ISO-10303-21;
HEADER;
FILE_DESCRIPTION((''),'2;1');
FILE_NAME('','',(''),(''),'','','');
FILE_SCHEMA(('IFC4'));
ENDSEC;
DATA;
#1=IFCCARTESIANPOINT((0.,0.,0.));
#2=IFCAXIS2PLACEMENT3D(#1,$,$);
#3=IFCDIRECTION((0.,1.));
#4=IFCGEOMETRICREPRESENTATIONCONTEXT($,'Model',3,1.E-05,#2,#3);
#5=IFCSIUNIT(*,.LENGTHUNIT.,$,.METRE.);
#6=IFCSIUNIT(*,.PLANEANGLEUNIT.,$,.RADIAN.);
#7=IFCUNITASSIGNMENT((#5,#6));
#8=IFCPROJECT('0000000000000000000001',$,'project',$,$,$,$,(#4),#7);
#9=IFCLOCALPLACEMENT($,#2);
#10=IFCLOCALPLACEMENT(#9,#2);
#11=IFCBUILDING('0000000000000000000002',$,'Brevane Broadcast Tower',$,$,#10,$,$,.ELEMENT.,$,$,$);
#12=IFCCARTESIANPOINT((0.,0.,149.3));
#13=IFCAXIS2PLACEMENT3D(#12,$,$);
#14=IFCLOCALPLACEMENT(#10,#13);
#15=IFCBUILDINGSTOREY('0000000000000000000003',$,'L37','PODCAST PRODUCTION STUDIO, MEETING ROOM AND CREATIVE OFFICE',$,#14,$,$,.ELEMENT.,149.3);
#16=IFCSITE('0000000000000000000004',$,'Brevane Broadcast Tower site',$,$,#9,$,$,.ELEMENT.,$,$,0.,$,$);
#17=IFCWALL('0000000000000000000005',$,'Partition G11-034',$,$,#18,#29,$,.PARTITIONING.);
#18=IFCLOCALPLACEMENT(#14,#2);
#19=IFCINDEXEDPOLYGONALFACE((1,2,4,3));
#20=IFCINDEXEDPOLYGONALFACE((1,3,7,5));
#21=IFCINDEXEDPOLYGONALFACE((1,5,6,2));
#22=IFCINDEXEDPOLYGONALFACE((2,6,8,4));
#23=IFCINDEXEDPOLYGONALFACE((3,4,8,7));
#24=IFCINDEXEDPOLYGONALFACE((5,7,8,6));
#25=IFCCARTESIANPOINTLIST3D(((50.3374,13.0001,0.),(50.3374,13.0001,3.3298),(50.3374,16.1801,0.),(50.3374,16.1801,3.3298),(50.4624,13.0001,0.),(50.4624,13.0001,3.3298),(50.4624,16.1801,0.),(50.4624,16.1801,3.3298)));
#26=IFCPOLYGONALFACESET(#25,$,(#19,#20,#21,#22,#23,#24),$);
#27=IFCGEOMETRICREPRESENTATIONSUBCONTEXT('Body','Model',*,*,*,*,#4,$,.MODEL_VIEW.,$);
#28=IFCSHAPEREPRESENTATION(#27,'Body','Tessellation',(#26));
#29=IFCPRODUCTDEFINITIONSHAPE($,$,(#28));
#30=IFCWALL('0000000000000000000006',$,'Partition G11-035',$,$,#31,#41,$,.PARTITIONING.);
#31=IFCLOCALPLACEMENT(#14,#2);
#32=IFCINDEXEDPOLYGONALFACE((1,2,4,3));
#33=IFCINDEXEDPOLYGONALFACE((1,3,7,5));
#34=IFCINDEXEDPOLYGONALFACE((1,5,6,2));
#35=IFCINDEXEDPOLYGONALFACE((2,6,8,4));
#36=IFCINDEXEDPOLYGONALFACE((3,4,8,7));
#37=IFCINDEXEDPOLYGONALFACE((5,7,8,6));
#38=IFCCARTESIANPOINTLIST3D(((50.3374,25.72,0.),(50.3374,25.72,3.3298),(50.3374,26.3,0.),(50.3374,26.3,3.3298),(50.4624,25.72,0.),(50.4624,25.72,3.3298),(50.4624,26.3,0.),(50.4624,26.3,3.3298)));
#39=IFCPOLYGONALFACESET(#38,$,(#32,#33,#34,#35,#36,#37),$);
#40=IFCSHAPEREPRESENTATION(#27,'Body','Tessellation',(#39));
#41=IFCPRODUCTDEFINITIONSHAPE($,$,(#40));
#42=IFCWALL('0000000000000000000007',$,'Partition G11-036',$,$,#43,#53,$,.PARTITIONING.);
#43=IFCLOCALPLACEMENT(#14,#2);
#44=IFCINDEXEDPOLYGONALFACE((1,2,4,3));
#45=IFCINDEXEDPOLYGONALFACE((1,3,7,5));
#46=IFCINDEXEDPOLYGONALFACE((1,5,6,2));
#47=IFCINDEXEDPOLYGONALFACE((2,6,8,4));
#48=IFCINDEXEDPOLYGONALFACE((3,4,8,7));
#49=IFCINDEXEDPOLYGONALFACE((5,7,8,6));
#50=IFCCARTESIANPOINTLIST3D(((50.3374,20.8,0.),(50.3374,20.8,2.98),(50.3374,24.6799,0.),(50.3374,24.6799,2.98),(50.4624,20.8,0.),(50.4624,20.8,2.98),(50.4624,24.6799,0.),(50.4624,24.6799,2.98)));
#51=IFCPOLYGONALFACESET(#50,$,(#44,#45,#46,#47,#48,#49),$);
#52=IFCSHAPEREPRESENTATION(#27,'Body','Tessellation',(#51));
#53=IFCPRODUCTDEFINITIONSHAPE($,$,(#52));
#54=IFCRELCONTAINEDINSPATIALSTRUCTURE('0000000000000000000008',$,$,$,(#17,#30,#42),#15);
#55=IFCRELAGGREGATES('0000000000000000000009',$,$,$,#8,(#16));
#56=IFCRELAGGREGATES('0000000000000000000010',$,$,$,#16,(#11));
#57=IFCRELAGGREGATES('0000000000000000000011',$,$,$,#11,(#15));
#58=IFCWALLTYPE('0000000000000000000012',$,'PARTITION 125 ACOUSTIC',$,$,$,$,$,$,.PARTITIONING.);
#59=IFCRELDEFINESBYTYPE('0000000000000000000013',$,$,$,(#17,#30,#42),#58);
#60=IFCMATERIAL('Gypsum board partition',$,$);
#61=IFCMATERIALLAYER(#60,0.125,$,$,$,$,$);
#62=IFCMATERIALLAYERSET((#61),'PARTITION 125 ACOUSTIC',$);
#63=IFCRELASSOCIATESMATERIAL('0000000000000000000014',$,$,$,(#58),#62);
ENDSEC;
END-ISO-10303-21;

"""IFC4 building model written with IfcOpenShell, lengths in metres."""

from ifc_helpers import new_model, si_unit, direction, frame, frame_2d, origin, place, context, subcontext, project, spatial, rectangle, extrude, material, layer, layer_set, type_object, element, save


model = new_model("IFC4")

# Units and contexts
model_context = context("Model", 3, precision=1e-05, world=origin(), true_north=direction((0.0, 1.0)))
body_context = subcontext(model_context, "Body", "Model", "MODEL_VIEW")
ifc_project = project(units=[si_unit("LENGTHUNIT", "METRE"), si_unit("PLANEANGLEUNIT", "RADIAN")], contexts=[model_context])

# Site, building, storey
site_placement = place(None, origin())
site = spatial("IfcSite", under=ifc_project, at=site_placement, Name="Brevane Broadcast Tower site", CompositionType="ELEMENT", RefElevation=0.0)
building_placement = place(site_placement, origin())
building = spatial("IfcBuilding", under=site, at=building_placement, Name="Brevane Broadcast Tower", CompositionType="ELEMENT")
storey_placement = place(building_placement, frame((0.0, 0.0, 149.3)))
storey = spatial("IfcBuildingStorey", under=building, at=storey_placement, Name="L37", Description="PODCAST PRODUCTION STUDIO, MEETING ROOM AND CREATIVE OFFICE", CompositionType="ELEMENT", Elevation=149.3)

# Shared definitions
ifc_material_1 = material(Name="Gypsum board partition")

# Walls
ifc_layer_1 = layer(ifc_material_1, 0.125)
ifc_layer_set_1 = layer_set([ifc_layer_1], Name="PARTITION 125 ACOUSTIC")
wall_type_1 = type_object("IfcWallType", Name="PARTITION 125 ACOUSTIC", PredefinedType="PARTITIONING", material=ifc_layer_set_1)
wall_1_placement = place(storey_placement, frame((50.3999, 16.1799, 0.0), z_axis=(0.0, 0.0, 1.0), x_axis=(0.0, -1.0, 0.0)))
element("IfcWall", 1, at=wall_1_placement, inside=storey, type_object=wall_type_1, Name="Partition G11-034", PredefinedType="PARTITIONING", context=body_context, shape_type="SweptSolid", body=[
    extrude(rectangle(XDim=3.1799, YDim=0.125, at=frame_2d((1.5898, 0.0))), origin(), (0.0, 0.0, 1.0), 3.3298),
])
wall_2_placement = place(storey_placement, frame((50.3999, 26.3, 0.0), z_axis=(0.0, 0.0, 1.0), x_axis=(0.0, -1.0, 0.0)))
element("IfcWall", 2, at=wall_2_placement, inside=storey, type_object=wall_type_1, Name="Partition G11-035", PredefinedType="PARTITIONING", context=body_context, shape_type="SweptSolid", body=[
    extrude(rectangle(XDim=0.5801, YDim=0.125, at=frame_2d((0.29, 0.0))), origin(), (0.0, 0.0, 1.0), 3.3298),
])
wall_3_placement = place(storey_placement, frame((50.3999, 24.6799, 0.0), z_axis=(0.0, 0.0, 1.0), x_axis=(0.0, -1.0, 0.0)))
element("IfcWall", 3, at=wall_3_placement, inside=storey, type_object=wall_type_1, Name="Partition G11-036", PredefinedType="PARTITIONING", context=body_context, shape_type="SweptSolid", body=[
    extrude(rectangle(XDim=3.8799, YDim=0.125, at=frame_2d((1.9399, 0.0))), origin(), (0.0, 0.0, 1.0), 2.98),
])

save(model, "model.ifc")
